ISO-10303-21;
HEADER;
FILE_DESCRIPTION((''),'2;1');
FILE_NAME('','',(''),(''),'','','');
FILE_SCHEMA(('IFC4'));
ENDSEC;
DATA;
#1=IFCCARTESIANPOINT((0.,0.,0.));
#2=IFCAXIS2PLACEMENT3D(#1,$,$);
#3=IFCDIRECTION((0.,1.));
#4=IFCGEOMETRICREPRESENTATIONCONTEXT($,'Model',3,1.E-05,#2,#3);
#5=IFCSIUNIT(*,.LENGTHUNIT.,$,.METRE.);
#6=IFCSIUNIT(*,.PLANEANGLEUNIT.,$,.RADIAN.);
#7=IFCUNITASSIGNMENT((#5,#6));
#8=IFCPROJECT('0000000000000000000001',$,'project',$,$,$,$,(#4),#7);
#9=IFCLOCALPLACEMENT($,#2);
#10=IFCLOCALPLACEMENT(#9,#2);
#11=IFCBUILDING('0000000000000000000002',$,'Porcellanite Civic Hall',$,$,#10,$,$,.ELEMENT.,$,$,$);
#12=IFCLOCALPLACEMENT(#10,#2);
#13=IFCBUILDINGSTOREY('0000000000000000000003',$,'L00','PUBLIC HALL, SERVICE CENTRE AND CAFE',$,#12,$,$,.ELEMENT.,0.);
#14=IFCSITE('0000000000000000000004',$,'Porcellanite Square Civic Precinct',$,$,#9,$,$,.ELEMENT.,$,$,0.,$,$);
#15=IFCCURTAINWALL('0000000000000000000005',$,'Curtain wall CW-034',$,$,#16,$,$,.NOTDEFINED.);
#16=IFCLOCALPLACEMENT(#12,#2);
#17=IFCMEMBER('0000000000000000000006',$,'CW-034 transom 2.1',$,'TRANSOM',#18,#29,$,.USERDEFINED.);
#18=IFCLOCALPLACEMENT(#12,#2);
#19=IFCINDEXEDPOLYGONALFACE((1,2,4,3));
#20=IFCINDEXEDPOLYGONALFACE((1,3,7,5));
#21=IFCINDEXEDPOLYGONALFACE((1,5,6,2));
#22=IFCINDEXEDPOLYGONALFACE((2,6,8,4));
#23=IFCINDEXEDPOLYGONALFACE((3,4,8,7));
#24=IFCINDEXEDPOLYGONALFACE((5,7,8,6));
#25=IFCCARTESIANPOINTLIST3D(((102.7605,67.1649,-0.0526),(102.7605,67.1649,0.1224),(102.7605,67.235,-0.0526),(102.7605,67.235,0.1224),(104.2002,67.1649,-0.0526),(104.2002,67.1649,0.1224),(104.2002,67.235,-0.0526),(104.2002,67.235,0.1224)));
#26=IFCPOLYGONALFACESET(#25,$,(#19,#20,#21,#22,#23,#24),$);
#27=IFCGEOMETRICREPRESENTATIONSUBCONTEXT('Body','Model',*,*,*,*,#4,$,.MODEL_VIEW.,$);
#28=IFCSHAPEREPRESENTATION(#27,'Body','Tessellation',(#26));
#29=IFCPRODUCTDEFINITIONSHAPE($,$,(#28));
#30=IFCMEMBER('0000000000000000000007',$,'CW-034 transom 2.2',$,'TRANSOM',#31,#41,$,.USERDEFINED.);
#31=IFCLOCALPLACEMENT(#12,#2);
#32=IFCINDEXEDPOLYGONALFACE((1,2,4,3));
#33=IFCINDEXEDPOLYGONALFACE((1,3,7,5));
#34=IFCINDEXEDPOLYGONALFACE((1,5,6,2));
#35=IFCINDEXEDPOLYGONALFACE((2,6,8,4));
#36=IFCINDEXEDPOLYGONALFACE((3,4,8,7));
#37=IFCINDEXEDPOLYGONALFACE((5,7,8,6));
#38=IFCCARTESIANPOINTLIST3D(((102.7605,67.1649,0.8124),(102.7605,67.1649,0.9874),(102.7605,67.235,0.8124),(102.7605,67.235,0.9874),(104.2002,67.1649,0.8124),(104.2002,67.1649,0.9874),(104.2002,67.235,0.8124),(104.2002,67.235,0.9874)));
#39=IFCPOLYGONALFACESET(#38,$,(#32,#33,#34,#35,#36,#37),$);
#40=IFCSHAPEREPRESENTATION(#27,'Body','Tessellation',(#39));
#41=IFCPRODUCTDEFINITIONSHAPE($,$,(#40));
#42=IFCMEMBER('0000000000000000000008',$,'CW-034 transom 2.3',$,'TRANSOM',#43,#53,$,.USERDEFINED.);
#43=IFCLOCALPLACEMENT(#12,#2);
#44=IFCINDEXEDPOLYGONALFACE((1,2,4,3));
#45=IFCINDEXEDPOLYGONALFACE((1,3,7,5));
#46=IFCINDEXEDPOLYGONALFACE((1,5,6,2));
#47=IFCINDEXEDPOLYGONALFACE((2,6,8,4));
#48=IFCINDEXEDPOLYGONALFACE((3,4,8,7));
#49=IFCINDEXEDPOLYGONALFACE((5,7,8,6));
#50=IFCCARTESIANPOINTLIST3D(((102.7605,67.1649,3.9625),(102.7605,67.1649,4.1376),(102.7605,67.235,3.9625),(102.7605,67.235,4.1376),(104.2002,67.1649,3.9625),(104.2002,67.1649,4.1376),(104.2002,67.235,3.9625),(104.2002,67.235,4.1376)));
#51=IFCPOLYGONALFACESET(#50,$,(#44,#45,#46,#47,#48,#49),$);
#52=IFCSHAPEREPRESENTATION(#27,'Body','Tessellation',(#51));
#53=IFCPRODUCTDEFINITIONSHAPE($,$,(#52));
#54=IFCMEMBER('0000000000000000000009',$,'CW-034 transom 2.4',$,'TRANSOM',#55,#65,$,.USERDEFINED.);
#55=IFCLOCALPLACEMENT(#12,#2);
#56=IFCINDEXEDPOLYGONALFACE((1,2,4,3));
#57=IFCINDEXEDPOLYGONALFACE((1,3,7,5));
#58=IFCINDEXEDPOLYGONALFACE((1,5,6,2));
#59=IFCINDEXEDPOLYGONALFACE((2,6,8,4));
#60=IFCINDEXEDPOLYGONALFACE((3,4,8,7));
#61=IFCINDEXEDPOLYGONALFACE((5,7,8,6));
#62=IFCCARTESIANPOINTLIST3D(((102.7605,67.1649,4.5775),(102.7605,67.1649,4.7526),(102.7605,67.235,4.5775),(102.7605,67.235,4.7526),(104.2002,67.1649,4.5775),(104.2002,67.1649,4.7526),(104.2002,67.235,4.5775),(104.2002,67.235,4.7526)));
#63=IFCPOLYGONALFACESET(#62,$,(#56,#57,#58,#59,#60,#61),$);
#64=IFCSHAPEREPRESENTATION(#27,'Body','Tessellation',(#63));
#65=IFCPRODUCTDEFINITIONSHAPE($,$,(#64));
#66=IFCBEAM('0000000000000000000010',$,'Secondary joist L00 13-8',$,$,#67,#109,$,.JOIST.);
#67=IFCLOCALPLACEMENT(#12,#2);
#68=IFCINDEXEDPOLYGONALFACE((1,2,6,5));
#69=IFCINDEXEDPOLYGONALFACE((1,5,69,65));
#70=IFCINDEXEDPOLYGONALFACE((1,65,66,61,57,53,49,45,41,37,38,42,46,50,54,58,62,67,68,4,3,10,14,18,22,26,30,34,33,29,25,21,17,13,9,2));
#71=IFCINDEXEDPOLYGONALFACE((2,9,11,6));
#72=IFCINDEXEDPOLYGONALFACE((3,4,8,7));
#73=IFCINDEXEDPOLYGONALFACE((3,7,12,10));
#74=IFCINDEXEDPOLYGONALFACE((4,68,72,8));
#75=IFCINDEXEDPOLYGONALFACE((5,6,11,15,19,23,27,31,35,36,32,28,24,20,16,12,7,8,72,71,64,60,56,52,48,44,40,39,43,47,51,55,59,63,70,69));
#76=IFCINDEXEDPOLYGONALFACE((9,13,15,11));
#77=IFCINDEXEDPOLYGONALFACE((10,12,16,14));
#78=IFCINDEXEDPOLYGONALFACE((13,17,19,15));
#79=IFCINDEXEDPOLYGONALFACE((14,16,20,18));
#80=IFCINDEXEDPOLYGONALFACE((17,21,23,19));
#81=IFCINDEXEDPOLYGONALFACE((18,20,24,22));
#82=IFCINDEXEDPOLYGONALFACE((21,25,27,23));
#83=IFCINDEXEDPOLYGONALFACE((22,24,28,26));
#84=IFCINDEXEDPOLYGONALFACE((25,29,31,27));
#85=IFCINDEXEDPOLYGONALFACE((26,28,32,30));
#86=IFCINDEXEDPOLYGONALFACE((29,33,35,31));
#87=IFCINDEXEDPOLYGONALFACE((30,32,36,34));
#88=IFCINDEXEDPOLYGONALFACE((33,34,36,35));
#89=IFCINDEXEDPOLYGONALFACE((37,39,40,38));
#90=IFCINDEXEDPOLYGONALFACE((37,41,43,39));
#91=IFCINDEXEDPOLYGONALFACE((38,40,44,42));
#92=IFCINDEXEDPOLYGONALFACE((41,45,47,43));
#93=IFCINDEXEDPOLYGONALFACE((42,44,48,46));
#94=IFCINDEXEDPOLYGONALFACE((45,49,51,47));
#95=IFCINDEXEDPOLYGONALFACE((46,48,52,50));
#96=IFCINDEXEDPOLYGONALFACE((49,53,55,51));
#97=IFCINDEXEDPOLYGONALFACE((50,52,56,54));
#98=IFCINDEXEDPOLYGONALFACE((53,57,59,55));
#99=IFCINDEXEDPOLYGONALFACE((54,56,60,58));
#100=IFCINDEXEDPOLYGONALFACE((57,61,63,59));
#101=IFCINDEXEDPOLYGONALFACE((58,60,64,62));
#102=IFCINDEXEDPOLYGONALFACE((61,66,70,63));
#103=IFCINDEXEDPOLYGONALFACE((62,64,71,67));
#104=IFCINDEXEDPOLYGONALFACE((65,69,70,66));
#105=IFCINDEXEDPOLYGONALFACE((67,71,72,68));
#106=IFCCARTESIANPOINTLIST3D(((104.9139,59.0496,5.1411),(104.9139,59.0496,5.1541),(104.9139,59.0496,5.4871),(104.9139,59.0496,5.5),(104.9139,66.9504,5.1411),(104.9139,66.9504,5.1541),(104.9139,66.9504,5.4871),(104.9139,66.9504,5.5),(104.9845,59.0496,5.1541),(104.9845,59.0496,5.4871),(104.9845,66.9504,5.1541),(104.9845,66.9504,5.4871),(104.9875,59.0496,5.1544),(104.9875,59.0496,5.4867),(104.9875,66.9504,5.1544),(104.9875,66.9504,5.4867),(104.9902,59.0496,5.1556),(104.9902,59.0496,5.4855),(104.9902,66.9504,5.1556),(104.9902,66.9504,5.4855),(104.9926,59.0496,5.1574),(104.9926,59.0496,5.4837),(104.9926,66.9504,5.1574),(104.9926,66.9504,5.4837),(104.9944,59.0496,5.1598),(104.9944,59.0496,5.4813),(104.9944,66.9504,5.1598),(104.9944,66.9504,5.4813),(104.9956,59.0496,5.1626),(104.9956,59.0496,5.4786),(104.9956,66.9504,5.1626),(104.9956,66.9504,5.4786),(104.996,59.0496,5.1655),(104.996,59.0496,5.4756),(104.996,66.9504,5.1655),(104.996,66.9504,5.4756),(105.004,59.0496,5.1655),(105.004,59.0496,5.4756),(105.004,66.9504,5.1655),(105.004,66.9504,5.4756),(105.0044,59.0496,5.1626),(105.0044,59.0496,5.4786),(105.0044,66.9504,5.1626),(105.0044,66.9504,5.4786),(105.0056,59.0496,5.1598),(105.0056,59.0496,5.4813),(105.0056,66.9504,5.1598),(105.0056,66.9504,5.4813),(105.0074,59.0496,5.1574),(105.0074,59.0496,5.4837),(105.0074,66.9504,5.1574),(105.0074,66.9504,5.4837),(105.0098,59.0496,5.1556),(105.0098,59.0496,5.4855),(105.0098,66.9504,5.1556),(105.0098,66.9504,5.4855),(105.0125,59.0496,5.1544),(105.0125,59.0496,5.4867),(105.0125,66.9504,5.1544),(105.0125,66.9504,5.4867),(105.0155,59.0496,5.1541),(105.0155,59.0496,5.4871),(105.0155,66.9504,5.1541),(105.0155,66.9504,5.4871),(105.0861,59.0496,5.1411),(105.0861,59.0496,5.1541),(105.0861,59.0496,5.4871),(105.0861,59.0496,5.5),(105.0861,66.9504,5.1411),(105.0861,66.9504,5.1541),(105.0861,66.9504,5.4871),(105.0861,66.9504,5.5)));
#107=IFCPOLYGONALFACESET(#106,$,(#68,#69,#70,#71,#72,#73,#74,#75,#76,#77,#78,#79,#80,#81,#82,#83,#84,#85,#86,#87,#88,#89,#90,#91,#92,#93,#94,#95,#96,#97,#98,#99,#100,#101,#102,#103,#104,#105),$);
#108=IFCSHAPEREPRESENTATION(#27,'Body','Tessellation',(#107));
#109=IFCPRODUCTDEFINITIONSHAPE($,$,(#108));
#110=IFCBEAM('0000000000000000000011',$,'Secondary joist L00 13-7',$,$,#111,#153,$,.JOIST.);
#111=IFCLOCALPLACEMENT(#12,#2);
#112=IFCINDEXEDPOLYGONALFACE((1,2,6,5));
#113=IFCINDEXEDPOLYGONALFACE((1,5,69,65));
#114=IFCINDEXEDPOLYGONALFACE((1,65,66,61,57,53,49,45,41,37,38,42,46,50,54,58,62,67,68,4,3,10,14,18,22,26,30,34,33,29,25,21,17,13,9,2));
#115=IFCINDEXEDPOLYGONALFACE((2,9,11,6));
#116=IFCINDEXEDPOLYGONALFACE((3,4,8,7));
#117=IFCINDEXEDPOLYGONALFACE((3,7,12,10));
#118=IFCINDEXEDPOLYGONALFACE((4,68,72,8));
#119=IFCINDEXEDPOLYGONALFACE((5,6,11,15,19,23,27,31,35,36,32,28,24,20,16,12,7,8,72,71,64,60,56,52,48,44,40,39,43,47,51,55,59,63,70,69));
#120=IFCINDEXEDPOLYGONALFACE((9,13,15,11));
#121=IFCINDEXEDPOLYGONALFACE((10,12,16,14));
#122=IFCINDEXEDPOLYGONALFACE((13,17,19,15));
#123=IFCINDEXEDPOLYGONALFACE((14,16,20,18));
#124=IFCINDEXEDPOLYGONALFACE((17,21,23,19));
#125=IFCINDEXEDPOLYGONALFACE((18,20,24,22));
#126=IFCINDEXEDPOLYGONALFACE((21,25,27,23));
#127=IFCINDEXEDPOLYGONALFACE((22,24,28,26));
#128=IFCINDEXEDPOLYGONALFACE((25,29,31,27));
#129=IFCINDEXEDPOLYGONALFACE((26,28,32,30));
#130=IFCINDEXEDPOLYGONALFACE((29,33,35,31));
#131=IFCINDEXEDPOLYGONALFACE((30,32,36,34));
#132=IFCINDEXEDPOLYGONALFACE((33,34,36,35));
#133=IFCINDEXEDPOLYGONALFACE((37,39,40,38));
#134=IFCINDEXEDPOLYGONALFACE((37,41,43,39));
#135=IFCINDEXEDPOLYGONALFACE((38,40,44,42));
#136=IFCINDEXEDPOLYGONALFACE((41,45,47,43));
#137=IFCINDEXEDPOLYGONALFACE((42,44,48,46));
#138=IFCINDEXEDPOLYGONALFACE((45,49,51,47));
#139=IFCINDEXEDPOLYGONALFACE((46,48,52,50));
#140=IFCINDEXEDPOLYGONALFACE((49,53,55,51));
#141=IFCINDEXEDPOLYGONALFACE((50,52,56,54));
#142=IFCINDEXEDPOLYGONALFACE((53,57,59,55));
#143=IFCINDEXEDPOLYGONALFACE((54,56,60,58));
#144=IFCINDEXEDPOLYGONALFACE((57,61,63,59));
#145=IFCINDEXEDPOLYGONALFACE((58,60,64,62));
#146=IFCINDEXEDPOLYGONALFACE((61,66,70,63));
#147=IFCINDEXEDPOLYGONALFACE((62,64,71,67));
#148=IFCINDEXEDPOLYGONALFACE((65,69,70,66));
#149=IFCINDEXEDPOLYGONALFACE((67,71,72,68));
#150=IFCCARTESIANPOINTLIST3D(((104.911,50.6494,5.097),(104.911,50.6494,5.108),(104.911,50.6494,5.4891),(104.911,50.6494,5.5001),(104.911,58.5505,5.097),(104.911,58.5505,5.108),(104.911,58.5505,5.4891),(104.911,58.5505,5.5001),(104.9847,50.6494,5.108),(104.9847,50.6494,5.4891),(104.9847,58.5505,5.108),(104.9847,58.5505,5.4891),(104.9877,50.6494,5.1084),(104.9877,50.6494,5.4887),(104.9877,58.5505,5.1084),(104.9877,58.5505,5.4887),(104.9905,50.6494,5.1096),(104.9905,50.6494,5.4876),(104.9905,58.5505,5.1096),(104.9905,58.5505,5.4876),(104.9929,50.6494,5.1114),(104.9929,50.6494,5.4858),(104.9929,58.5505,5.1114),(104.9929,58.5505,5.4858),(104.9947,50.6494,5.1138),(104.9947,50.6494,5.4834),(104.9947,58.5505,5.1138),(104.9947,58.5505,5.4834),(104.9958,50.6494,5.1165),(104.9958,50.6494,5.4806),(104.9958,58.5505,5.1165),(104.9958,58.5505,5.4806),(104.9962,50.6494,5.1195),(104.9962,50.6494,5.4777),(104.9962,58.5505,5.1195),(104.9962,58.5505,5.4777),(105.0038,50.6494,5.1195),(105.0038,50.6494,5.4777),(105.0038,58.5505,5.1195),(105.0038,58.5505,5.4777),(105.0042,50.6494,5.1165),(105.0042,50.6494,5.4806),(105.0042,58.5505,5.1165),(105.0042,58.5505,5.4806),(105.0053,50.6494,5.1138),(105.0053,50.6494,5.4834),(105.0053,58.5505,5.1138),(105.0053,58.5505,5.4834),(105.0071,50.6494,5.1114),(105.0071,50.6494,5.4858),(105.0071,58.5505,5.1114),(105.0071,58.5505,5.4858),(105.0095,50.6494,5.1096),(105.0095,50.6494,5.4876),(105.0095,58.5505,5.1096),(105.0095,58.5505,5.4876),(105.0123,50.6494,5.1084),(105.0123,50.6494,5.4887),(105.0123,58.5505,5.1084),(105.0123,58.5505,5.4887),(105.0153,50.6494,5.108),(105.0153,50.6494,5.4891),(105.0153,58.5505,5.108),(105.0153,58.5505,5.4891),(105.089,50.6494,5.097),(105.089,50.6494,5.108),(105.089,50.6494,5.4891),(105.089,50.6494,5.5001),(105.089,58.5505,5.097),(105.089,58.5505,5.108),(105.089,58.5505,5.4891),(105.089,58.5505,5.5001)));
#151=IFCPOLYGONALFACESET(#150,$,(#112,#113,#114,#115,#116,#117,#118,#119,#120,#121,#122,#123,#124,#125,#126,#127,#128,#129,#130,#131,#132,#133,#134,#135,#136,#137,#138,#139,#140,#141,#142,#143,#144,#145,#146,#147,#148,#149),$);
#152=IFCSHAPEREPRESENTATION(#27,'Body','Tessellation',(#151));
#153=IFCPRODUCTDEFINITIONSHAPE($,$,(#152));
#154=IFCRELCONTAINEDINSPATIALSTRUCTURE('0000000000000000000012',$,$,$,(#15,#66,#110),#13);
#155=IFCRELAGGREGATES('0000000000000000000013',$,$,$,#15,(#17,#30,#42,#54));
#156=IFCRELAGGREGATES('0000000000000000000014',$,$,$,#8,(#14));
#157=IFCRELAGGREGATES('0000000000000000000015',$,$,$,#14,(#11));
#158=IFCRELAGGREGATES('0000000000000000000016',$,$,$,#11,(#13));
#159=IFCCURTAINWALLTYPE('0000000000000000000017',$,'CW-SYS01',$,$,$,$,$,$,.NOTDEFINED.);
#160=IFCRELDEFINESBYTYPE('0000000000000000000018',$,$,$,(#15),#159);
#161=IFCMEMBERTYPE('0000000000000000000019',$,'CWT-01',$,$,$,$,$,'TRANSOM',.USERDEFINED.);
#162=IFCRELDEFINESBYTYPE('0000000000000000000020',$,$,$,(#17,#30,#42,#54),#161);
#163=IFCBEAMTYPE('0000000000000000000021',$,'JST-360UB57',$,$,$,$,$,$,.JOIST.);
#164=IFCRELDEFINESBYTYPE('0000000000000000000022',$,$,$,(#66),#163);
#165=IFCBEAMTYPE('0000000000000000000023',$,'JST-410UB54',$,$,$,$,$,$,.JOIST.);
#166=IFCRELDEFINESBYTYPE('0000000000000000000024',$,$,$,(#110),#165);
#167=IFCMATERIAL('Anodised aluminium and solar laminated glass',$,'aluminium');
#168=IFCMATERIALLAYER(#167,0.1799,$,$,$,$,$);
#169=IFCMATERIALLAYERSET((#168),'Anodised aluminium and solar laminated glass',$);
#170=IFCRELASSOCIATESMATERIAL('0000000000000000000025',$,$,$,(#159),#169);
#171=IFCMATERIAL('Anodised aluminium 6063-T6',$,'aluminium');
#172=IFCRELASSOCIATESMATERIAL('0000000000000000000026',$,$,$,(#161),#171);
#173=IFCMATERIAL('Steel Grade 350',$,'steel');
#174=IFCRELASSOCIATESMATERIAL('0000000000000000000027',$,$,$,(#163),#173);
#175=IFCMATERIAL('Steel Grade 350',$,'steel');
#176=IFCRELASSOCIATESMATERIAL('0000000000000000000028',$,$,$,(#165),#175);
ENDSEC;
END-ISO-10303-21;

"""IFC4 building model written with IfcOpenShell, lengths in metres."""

from ifc_helpers import new_model, si_unit, direction, frame, origin, origin_2d, place, context, subcontext, project, spatial, rectangle, i_section, extrude, material, layer, layer_set, material_profile, profile_set, type_object, element, aggregate, save


model = new_model("IFC4")

# Units and contexts
model_context = context("Model", 3, precision=1e-05, world=origin(), true_north=direction((0.0, 1.0)))
body_context = subcontext(model_context, "Body", "Model", "MODEL_VIEW")
ifc_project = project(units=[si_unit("LENGTHUNIT", "METRE"), si_unit("PLANEANGLEUNIT", "RADIAN")], contexts=[model_context])

# Site, building, storey
site_placement = place(None, origin())
site = spatial("IfcSite", under=ifc_project, at=site_placement, Name="Porcellanite Square Civic Precinct", CompositionType="ELEMENT", RefElevation=0.0)
building_placement = place(site_placement, origin())
building = spatial("IfcBuilding", under=site, at=building_placement, Name="Porcellanite Civic Hall", CompositionType="ELEMENT")
storey_placement = place(building_placement, origin())
storey = spatial("IfcBuildingStorey", under=building, at=storey_placement, Name="L00", Description="PUBLIC HALL, SERVICE CENTRE AND CAFE", CompositionType="ELEMENT", Elevation=0.0)

# Curtain wall, members
ifc_material_1 = material(Name="Anodised aluminium and solar laminated glass", Category="aluminium")
ifc_layer_1 = layer(ifc_material_1, 0.1799)
ifc_layer_set_1 = layer_set([ifc_layer_1], Name="Anodised aluminium and solar laminated glass")
curtain_wall_type = type_object("IfcCurtainWallType", Name="CW-SYS01", PredefinedType="NOTDEFINED", material=ifc_layer_set_1)
curtain_wall_placement = place(storey_placement, origin())
curtain_wall = element("IfcCurtainWall", 1, at=curtain_wall_placement, inside=storey, type_object=curtain_wall_type, Name="Curtain wall CW-034", PredefinedType="NOTDEFINED")
ifc_material_2 = material(Name="Anodised aluminium 6063-T6", Category="aluminium")
ifc_material_profile_1 = material_profile(ifc_material_2, rectangle(XDim=0.0701, YDim=0.175, at=origin_2d()), Name="AL-70x175")
ifc_profile_set_1 = profile_set([ifc_material_profile_1], Name="Anodised aluminium 6063-T6")
member_type_1 = type_object("IfcMemberType", Name="CWT-01", ElementType="TRANSOM", PredefinedType="USERDEFINED", material=ifc_profile_set_1)
member_1_placement = place(storey_placement, frame((102.7605, 67.2, 0.0349), z_axis=(1.0, 0.0, 0.0), x_axis=(0.0, 1.0, 0.0)))
member_1 = element("IfcMember", 2, at=member_1_placement, type_object=member_type_1, Name="CW-034 transom 2.1", ObjectType="TRANSOM", PredefinedType="USERDEFINED", context=body_context, shape_type="SweptSolid", body=[
    extrude(rectangle(XDim=0.0701, YDim=0.175, at=origin_2d()), origin(), (0.0, 0.0, 1.0), 1.4397),
])
member_2_placement = place(storey_placement, frame((102.7605, 67.2, 0.8999), z_axis=(1.0, 0.0, 0.0), x_axis=(0.0, 1.0, 0.0)))
member_2 = element("IfcMember", 3, at=member_2_placement, type_object=member_type_1, Name="CW-034 transom 2.2", ObjectType="TRANSOM", PredefinedType="USERDEFINED", context=body_context, shape_type="SweptSolid", body=[
    extrude(rectangle(XDim=0.0701, YDim=0.175, at=origin_2d()), origin(), (0.0, 0.0, 1.0), 1.4397),
])
member_3_placement = place(storey_placement, frame((102.7605, 67.2, 4.05), z_axis=(1.0, 0.0, 0.0), x_axis=(0.0, 1.0, 0.0)))
member_3 = element("IfcMember", 4, at=member_3_placement, type_object=member_type_1, Name="CW-034 transom 2.3", ObjectType="TRANSOM", PredefinedType="USERDEFINED", context=body_context, shape_type="SweptSolid", body=[
    extrude(rectangle(XDim=0.0701, YDim=0.175, at=origin_2d()), origin(), (0.0, 0.0, 1.0), 1.4397),
])
member_4_placement = place(storey_placement, frame((102.7605, 67.2, 4.665), z_axis=(1.0, 0.0, 0.0), x_axis=(0.0, 1.0, 0.0)))
member_4 = element("IfcMember", 5, at=member_4_placement, type_object=member_type_1, Name="CW-034 transom 2.4", ObjectType="TRANSOM", PredefinedType="USERDEFINED", context=body_context, shape_type="SweptSolid", body=[
    extrude(rectangle(XDim=0.0701, YDim=0.175, at=origin_2d()), origin(), (0.0, 0.0, 1.0), 1.4397),
])

# Beams
ifc_material_3 = material(Name="Steel Grade 350", Category="steel")
ifc_material_profile_2 = material_profile(ifc_material_3, i_section(OverallWidth=0.1721, OverallDepth=0.3589, WebThickness=0.0081, FlangeThickness=0.0129, FilletRadius=0.0115, at=origin_2d()), Name="360UB56.7")
ifc_profile_set_2 = profile_set([ifc_material_profile_2], Name="Steel Grade 350")
beam_type_1 = type_object("IfcBeamType", Name="JST-360UB57", PredefinedType="JOIST", material=ifc_profile_set_2)
beam_1_placement = place(storey_placement, frame((105.0, 59.0496, 5.3206), z_axis=(0.0, 1.0, 0.0), x_axis=(-1.0, 0.0, 0.0)))
element("IfcBeam", 6, at=beam_1_placement, inside=storey, type_object=beam_type_1, Name="Secondary joist L00 13-8", PredefinedType="JOIST", context=body_context, shape_type="SweptSolid", body=[
    extrude(i_section(OverallWidth=0.1721, OverallDepth=0.3589, WebThickness=0.0081, FlangeThickness=0.0129, FilletRadius=0.0115, at=origin_2d()), origin(), (0.0, 0.0, 1.0), 7.9009),
])
ifc_material_4 = material(Name="Steel Grade 350", Category="steel")
ifc_material_profile_3 = material_profile(ifc_material_4, i_section(OverallWidth=0.178, OverallDepth=0.4031, WebThickness=0.0076, FlangeThickness=0.011, FilletRadius=0.0115, at=origin_2d()), Name="410UB53.7")
ifc_profile_set_3 = profile_set([ifc_material_profile_3], Name="Steel Grade 350")
beam_type_2 = type_object("IfcBeamType", Name="JST-410UB54", PredefinedType="JOIST", material=ifc_profile_set_3)
beam_2_placement = place(storey_placement, frame((105.0, 50.6494, 5.2986), z_axis=(0.0, 1.0, 0.0), x_axis=(-1.0, 0.0, 0.0)))
element("IfcBeam", 7, at=beam_2_placement, inside=storey, type_object=beam_type_2, Name="Secondary joist L00 13-7", PredefinedType="JOIST", context=body_context, shape_type="SweptSolid", body=[
    extrude(i_section(OverallWidth=0.178, OverallDepth=0.4031, WebThickness=0.0076, FlangeThickness=0.011, FilletRadius=0.0115, at=origin_2d()), origin(), (0.0, 0.0, 1.0), 7.9011),
])

aggregate(curtain_wall, [member_1, member_2, member_3, member_4])

save(model, "model.ifc")
